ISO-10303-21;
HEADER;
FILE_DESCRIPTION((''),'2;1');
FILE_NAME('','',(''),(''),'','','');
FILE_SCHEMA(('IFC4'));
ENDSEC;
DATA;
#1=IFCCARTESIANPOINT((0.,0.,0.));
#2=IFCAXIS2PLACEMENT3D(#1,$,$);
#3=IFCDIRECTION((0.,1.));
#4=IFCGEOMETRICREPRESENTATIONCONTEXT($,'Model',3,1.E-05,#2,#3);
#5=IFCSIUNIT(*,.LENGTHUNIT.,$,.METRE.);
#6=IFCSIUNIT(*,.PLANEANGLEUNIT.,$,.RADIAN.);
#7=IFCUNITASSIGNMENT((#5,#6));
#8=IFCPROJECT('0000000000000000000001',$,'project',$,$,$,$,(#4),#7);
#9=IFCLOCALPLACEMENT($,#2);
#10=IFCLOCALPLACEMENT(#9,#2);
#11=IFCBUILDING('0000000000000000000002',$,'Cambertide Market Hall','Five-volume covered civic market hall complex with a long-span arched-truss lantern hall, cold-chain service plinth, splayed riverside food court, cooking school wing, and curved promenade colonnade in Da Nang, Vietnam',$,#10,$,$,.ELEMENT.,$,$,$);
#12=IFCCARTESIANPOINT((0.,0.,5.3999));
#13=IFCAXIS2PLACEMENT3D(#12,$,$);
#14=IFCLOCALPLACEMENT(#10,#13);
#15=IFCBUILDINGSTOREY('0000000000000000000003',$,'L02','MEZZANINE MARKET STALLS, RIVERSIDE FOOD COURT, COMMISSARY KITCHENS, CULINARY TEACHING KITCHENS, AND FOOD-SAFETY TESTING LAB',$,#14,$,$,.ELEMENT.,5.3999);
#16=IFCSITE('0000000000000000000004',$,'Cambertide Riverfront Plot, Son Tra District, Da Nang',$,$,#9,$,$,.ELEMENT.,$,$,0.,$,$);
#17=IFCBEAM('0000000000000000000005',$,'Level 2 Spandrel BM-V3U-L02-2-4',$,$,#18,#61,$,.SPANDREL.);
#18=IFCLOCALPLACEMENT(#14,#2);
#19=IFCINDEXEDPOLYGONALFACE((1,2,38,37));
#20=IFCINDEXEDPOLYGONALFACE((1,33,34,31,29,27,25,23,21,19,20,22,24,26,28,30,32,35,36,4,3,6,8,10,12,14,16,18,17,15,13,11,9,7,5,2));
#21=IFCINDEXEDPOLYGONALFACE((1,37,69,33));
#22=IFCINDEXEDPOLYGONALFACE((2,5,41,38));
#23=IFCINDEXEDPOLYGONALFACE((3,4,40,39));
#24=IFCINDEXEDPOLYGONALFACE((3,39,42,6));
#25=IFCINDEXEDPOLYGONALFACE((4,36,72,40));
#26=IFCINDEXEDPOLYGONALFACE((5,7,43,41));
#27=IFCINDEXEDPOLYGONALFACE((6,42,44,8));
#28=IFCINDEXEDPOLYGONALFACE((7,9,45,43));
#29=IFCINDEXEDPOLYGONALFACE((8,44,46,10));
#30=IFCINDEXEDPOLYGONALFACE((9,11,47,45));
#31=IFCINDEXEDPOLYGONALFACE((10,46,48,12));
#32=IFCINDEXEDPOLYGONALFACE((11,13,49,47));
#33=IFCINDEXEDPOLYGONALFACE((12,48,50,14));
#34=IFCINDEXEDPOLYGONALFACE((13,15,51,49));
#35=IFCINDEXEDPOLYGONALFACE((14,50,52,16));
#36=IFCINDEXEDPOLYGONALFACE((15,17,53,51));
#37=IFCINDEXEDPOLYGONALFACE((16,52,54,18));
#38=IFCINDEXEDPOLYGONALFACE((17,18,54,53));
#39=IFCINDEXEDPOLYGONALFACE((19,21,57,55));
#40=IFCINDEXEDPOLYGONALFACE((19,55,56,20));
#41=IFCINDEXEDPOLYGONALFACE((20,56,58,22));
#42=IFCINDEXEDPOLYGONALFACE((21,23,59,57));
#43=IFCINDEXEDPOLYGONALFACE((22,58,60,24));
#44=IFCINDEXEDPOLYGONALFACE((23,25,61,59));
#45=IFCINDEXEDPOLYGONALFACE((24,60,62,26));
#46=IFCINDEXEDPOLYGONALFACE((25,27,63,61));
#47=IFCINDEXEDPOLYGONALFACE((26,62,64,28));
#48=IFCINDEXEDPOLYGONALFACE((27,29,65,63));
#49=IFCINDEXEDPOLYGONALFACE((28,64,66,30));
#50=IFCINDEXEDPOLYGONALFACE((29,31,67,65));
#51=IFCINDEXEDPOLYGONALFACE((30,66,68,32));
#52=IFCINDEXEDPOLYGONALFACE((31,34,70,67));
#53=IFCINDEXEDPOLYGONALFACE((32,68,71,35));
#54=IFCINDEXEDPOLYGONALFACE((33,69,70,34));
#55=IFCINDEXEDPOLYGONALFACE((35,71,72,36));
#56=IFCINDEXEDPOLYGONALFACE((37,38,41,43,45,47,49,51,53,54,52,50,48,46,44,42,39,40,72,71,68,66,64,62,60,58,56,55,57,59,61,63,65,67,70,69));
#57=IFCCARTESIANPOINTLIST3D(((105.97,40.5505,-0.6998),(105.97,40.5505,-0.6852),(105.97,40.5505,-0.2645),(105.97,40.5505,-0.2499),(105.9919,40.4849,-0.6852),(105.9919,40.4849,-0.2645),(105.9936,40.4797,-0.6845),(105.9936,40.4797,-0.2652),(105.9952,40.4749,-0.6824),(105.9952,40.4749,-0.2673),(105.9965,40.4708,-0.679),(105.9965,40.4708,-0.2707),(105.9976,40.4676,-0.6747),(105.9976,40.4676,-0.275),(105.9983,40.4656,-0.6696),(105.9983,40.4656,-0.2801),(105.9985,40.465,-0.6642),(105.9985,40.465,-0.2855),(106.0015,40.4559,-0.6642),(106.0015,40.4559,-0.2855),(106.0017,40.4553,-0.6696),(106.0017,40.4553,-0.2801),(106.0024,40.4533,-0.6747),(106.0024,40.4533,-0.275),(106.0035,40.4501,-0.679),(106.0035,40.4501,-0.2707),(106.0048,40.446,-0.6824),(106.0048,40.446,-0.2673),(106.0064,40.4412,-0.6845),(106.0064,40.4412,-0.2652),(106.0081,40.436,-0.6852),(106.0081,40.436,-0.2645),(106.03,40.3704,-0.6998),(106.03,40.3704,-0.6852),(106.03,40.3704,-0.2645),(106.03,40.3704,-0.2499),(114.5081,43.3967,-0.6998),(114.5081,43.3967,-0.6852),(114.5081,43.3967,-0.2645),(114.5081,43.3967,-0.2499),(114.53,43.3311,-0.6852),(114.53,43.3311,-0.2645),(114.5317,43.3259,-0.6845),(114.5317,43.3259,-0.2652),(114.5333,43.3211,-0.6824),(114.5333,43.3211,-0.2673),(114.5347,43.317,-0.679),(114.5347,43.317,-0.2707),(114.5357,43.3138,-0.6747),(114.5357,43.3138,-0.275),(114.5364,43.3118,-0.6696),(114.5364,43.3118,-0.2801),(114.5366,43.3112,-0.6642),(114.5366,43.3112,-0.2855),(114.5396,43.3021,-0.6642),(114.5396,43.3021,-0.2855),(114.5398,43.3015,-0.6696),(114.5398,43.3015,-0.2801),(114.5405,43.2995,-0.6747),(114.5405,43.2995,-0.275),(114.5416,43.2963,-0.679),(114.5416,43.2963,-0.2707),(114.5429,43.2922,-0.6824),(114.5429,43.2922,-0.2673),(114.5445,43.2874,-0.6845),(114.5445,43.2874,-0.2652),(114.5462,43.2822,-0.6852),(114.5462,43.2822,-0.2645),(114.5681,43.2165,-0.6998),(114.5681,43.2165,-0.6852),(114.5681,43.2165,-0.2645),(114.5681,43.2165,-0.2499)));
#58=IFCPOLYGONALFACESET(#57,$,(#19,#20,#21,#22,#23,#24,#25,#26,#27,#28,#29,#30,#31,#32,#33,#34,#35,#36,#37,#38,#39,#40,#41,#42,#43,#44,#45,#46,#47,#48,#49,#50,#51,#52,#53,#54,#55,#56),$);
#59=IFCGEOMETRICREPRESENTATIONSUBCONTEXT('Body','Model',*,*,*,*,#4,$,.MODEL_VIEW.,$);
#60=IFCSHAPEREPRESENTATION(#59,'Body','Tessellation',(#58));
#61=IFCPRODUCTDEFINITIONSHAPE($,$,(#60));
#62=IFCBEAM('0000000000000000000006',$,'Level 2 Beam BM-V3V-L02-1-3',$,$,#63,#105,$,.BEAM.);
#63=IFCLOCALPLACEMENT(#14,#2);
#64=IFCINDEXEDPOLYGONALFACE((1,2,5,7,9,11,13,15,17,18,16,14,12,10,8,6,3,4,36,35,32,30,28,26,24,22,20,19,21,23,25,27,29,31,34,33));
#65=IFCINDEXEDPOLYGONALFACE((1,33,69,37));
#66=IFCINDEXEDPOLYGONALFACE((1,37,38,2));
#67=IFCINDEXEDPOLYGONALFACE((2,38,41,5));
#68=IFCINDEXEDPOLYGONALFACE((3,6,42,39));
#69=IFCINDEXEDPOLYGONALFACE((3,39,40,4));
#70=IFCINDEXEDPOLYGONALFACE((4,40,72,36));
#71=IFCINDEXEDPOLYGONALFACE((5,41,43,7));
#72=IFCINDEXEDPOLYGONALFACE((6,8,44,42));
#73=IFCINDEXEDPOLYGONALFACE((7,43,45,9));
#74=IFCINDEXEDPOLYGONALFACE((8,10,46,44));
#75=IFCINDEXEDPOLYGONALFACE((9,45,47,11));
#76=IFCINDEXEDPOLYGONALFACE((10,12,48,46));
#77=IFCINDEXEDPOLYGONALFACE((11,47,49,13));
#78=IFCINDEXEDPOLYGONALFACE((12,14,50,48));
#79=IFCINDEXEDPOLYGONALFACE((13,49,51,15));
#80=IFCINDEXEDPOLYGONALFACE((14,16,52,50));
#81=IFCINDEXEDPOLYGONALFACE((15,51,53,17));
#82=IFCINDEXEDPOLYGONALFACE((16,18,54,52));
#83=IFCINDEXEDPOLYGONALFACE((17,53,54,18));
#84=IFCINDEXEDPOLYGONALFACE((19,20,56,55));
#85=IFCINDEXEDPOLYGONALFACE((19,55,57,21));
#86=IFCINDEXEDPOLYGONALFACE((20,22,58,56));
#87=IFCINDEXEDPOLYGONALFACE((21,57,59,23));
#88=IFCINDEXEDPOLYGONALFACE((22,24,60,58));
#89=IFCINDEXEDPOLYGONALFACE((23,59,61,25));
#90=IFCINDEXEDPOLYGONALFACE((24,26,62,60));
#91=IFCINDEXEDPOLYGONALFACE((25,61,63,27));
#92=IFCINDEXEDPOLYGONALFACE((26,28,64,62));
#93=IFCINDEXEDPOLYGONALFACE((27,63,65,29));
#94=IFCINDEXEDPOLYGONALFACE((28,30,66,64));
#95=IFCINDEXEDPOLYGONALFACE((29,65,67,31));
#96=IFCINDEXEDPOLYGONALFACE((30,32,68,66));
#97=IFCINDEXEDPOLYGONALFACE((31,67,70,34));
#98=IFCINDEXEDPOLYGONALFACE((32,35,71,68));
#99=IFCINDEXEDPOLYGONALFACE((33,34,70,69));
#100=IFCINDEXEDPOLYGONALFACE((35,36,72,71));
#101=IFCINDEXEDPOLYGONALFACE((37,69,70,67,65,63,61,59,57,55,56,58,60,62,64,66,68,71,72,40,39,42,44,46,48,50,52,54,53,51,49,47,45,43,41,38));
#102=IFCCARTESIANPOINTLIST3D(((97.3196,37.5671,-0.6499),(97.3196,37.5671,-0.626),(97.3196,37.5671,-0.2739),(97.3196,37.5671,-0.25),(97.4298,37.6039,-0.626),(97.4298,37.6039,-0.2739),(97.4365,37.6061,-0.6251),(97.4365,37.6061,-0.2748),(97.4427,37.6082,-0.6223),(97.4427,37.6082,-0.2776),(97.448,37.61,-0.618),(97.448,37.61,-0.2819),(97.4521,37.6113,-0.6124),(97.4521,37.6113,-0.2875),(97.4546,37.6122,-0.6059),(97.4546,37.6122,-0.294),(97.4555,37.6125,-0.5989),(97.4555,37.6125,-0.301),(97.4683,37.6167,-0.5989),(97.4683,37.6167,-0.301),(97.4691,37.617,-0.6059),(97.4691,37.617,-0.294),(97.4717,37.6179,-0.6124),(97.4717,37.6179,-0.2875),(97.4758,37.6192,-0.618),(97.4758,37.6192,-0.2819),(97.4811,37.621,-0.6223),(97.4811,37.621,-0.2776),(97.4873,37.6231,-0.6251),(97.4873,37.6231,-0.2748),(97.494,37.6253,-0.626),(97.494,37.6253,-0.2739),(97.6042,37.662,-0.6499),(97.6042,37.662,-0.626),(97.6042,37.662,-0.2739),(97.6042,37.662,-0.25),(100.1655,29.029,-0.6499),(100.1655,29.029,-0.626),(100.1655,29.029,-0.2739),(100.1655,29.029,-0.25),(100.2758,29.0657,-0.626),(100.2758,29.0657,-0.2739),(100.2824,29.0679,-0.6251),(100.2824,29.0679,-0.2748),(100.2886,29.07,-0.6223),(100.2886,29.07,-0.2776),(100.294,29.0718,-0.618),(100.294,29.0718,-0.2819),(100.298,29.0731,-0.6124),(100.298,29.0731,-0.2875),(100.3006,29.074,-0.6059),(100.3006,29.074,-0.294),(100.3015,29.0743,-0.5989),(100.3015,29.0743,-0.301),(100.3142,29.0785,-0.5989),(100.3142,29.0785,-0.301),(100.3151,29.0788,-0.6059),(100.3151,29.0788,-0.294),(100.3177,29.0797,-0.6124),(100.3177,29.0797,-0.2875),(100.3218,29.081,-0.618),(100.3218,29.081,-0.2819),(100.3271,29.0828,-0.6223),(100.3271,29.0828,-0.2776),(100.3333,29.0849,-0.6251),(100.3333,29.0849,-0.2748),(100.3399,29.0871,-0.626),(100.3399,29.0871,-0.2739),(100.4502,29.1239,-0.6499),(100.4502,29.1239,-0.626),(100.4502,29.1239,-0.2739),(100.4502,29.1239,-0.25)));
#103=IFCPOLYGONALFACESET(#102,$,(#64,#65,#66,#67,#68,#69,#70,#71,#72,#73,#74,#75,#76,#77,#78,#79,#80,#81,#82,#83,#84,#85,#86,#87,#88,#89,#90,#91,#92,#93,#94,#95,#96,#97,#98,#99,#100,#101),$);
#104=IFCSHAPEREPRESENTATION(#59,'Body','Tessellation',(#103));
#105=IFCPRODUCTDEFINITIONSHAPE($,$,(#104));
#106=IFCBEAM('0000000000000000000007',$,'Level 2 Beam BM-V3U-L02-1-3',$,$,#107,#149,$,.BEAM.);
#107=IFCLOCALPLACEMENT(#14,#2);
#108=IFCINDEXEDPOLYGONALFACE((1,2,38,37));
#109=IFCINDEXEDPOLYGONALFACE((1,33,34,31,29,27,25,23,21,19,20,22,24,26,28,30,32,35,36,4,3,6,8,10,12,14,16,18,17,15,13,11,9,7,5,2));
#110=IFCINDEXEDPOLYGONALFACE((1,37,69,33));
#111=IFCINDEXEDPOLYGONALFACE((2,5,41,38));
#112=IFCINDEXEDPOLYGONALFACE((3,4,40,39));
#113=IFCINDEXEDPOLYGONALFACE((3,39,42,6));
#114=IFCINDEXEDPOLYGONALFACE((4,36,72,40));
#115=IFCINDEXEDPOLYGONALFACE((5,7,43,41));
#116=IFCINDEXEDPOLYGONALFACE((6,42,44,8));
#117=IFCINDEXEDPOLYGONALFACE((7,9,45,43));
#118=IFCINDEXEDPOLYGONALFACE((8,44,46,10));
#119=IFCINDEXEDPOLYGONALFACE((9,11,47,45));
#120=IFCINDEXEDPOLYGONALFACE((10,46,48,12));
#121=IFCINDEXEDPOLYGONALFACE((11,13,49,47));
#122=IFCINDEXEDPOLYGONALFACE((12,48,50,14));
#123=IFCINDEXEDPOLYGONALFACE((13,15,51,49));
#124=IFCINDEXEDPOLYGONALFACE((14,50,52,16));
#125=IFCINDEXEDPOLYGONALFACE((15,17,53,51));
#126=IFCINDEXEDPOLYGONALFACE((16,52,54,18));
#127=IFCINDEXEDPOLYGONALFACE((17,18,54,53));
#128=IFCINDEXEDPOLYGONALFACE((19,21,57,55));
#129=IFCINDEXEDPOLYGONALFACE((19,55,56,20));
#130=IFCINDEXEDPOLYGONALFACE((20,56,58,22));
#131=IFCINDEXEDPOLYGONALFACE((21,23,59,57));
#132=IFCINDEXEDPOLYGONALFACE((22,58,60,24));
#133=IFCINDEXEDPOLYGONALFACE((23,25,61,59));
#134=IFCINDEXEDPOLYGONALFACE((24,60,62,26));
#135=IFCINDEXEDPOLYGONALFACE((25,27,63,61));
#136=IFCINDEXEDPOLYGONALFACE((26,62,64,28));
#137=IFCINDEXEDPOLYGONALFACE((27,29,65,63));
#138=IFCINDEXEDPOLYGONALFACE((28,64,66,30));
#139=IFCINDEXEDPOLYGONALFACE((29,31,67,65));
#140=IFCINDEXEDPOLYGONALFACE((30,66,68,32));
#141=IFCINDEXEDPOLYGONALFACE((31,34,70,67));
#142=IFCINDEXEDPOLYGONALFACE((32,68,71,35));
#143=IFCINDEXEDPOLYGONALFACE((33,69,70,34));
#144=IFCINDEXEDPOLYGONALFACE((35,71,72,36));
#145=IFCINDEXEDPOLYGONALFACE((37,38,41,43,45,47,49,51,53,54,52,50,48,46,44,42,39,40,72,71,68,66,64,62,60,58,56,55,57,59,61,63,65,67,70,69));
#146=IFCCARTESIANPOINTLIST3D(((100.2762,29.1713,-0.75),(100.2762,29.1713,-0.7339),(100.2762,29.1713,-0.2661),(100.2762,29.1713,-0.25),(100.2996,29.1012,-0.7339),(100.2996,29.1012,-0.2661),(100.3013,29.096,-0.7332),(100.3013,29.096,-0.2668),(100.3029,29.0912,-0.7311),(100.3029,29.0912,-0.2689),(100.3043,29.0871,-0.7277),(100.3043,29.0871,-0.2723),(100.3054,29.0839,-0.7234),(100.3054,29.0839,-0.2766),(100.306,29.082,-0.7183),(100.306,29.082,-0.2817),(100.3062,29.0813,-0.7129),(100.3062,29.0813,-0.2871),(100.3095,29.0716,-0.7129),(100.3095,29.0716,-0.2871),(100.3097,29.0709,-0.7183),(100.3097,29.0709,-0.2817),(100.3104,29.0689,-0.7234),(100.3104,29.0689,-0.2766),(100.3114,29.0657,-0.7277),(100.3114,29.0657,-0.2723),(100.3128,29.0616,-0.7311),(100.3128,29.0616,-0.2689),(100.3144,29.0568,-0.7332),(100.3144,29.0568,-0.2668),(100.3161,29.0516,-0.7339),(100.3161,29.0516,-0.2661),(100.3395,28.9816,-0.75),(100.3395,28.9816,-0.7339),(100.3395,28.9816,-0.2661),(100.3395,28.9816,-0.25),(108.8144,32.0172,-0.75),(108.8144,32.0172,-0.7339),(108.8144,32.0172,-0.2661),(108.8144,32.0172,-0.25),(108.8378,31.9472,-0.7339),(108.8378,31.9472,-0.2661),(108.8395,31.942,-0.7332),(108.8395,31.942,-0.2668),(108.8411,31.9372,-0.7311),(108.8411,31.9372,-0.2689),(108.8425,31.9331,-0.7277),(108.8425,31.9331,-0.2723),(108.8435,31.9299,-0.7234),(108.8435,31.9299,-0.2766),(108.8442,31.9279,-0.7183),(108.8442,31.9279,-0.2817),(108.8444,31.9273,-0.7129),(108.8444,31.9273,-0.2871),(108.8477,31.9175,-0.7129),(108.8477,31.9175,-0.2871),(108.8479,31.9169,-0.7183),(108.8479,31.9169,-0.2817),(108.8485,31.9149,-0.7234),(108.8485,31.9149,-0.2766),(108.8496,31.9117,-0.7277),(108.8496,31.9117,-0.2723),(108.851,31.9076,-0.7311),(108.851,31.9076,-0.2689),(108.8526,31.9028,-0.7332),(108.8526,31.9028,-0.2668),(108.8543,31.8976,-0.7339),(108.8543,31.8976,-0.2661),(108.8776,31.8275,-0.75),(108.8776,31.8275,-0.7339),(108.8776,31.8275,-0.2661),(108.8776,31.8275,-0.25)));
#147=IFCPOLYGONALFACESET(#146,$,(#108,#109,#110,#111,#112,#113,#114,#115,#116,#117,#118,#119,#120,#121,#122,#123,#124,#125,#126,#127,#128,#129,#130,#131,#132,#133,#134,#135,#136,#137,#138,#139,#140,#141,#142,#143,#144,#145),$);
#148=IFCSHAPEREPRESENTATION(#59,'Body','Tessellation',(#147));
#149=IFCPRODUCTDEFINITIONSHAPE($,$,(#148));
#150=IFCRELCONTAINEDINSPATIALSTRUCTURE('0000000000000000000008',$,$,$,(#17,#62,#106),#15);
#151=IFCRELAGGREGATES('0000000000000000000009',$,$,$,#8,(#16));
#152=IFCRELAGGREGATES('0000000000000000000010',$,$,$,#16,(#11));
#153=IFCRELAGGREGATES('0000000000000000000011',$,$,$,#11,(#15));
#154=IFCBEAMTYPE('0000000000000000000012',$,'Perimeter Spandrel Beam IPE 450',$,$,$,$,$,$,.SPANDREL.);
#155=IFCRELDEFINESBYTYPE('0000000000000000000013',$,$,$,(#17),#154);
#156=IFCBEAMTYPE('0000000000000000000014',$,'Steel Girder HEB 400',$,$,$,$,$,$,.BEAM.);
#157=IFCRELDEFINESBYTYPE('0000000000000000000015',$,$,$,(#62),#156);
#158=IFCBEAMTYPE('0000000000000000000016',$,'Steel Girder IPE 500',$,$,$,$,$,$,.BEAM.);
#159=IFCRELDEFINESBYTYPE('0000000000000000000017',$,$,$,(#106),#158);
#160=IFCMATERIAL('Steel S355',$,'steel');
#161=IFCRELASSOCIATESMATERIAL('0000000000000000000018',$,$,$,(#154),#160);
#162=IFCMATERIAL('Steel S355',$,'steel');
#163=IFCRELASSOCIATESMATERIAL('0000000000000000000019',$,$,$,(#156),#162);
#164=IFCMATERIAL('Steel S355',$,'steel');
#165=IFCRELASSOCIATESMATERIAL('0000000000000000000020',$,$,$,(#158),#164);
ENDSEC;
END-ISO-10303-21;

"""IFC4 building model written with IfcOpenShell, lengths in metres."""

from ifc_helpers import new_model, si_unit, direction, frame, origin, origin_2d, place, context, subcontext, project, spatial, i_section, extrude, material, material_profile, profile_set, type_object, element, save


model = new_model("IFC4")

# Units and contexts
model_context = context("Model", 3, precision=1e-05, world=origin(), true_north=direction((0.0, 1.0)))
body_context = subcontext(model_context, "Body", "Model", "MODEL_VIEW")
ifc_project = project(units=[si_unit("LENGTHUNIT", "METRE"), si_unit("PLANEANGLEUNIT", "RADIAN")], contexts=[model_context])

# Site, building, storey
site_placement = place(None, origin())
site = spatial("IfcSite", under=ifc_project, at=site_placement, Name="Cambertide Riverfront Plot, Son Tra District, Da Nang", CompositionType="ELEMENT", RefElevation=0.0)
building_placement = place(site_placement, origin())
building = spatial("IfcBuilding", under=site, at=building_placement, Name="Cambertide Market Hall", Description="Five-volume covered civic market hall complex with a long-span arched-truss lantern hall, cold-chain service plinth, splayed riverside food court, cooking school wing, and curved promenade colonnade in Da Nang, Vietnam", CompositionType="ELEMENT")
storey_placement = place(building_placement, frame((0.0, 0.0, 5.3999)))
storey = spatial("IfcBuildingStorey", under=building, at=storey_placement, Name="L02", Description="MEZZANINE MARKET STALLS, RIVERSIDE FOOD COURT, COMMISSARY KITCHENS, CULINARY TEACHING KITCHENS, AND FOOD-SAFETY TESTING LAB", CompositionType="ELEMENT", Elevation=5.3999)

# Beams
ifc_material_1 = material(Name="Steel S355", Category="steel")
ifc_material_profile_1 = material_profile(ifc_material_1, i_section(OverallWidth=0.1899, OverallDepth=0.45, WebThickness=0.0095, FlangeThickness=0.0146, FilletRadius=0.021, at=origin_2d()), Name="IPE 450")
ifc_profile_set_1 = profile_set([ifc_material_profile_1], Name="Steel S355")
beam_type_1 = type_object("IfcBeamType", Name="Perimeter Spandrel Beam IPE 450", PredefinedType="SPANDREL", material=ifc_profile_set_1)
for number, where, z_axis, x_axis, name in (
    (1, (106.0, 40.4604, -0.4749), (0.948678, 0.316244, 0.0), (-0.316244, 0.948678, 0.0), "Level 2 Spandrel BM-V3U-L02-2-4"),
):
    element("IfcBeam", number, at=place(storey_placement, frame(where, z_axis=z_axis, x_axis=x_axis)), inside=storey, type_object=beam_type_1, Name=name, PredefinedType="SPANDREL", context=body_context, shape_type="SweptSolid", body=[
        extrude(i_section(OverallWidth=0.1899, OverallDepth=0.45, WebThickness=0.0095, FlangeThickness=0.0146, FilletRadius=0.021, at=origin_2d()), origin(), (0.0, 0.0, 1.0), 9.0),
    ])
ifc_material_2 = material(Name="Steel S355", Category="steel")
ifc_material_profile_2 = material_profile(ifc_material_2, i_section(OverallWidth=0.3, OverallDepth=0.3999, WebThickness=0.0134, FlangeThickness=0.0239, FilletRadius=0.0271, at=origin_2d()), Name="HEB 400")
ifc_profile_set_2 = profile_set([ifc_material_profile_2], Name="Steel S355")
beam_type_2 = type_object("IfcBeamType", Name="Steel Girder HEB 400", PredefinedType="BEAM", material=ifc_profile_set_2)
beam_1_placement = place(storey_placement, frame((100.3079, 29.0764, -0.45), z_axis=(-0.31622, 0.948686, 0.0), x_axis=(-0.948686, -0.31622, 0.0)))
element("IfcBeam", 2, at=beam_1_placement, inside=storey, type_object=beam_type_2, Name="Level 2 Beam BM-V3V-L02-1-3", PredefinedType="BEAM", context=body_context, shape_type="SweptSolid", body=[
    extrude(i_section(OverallWidth=0.3, OverallDepth=0.3999, WebThickness=0.0134, FlangeThickness=0.0239, FilletRadius=0.0271, at=origin_2d()), origin(), (0.0, 0.0, 1.0), 9.0),
])
ifc_material_3 = material(Name="Steel S355", Category="steel")
ifc_material_profile_3 = material_profile(ifc_material_3, i_section(OverallWidth=0.2, OverallDepth=0.5, WebThickness=0.0103, FlangeThickness=0.0161, FilletRadius=0.021, at=origin_2d()), Name="IPE 500")
ifc_profile_set_3 = profile_set([ifc_material_profile_3], Name="Steel S355")
beam_type_3 = type_object("IfcBeamType", Name="Steel Girder IPE 500", PredefinedType="BEAM", material=ifc_profile_set_3)
beam_2_placement = place(storey_placement, frame((100.3079, 29.0764, -0.5), z_axis=(0.948686, 0.31622, 0.0), x_axis=(-0.31622, 0.948686, 0.0)))
element("IfcBeam", 3, at=beam_2_placement, inside=storey, type_object=beam_type_3, Name="Level 2 Beam BM-V3U-L02-1-3", PredefinedType="BEAM", context=body_context, shape_type="SweptSolid", body=[
    extrude(i_section(OverallWidth=0.2, OverallDepth=0.5, WebThickness=0.0103, FlangeThickness=0.0161, FilletRadius=0.021, at=origin_2d()), origin(), (0.0, 0.0, 1.0), 9.0),
])

save(model, "model.ifc")
